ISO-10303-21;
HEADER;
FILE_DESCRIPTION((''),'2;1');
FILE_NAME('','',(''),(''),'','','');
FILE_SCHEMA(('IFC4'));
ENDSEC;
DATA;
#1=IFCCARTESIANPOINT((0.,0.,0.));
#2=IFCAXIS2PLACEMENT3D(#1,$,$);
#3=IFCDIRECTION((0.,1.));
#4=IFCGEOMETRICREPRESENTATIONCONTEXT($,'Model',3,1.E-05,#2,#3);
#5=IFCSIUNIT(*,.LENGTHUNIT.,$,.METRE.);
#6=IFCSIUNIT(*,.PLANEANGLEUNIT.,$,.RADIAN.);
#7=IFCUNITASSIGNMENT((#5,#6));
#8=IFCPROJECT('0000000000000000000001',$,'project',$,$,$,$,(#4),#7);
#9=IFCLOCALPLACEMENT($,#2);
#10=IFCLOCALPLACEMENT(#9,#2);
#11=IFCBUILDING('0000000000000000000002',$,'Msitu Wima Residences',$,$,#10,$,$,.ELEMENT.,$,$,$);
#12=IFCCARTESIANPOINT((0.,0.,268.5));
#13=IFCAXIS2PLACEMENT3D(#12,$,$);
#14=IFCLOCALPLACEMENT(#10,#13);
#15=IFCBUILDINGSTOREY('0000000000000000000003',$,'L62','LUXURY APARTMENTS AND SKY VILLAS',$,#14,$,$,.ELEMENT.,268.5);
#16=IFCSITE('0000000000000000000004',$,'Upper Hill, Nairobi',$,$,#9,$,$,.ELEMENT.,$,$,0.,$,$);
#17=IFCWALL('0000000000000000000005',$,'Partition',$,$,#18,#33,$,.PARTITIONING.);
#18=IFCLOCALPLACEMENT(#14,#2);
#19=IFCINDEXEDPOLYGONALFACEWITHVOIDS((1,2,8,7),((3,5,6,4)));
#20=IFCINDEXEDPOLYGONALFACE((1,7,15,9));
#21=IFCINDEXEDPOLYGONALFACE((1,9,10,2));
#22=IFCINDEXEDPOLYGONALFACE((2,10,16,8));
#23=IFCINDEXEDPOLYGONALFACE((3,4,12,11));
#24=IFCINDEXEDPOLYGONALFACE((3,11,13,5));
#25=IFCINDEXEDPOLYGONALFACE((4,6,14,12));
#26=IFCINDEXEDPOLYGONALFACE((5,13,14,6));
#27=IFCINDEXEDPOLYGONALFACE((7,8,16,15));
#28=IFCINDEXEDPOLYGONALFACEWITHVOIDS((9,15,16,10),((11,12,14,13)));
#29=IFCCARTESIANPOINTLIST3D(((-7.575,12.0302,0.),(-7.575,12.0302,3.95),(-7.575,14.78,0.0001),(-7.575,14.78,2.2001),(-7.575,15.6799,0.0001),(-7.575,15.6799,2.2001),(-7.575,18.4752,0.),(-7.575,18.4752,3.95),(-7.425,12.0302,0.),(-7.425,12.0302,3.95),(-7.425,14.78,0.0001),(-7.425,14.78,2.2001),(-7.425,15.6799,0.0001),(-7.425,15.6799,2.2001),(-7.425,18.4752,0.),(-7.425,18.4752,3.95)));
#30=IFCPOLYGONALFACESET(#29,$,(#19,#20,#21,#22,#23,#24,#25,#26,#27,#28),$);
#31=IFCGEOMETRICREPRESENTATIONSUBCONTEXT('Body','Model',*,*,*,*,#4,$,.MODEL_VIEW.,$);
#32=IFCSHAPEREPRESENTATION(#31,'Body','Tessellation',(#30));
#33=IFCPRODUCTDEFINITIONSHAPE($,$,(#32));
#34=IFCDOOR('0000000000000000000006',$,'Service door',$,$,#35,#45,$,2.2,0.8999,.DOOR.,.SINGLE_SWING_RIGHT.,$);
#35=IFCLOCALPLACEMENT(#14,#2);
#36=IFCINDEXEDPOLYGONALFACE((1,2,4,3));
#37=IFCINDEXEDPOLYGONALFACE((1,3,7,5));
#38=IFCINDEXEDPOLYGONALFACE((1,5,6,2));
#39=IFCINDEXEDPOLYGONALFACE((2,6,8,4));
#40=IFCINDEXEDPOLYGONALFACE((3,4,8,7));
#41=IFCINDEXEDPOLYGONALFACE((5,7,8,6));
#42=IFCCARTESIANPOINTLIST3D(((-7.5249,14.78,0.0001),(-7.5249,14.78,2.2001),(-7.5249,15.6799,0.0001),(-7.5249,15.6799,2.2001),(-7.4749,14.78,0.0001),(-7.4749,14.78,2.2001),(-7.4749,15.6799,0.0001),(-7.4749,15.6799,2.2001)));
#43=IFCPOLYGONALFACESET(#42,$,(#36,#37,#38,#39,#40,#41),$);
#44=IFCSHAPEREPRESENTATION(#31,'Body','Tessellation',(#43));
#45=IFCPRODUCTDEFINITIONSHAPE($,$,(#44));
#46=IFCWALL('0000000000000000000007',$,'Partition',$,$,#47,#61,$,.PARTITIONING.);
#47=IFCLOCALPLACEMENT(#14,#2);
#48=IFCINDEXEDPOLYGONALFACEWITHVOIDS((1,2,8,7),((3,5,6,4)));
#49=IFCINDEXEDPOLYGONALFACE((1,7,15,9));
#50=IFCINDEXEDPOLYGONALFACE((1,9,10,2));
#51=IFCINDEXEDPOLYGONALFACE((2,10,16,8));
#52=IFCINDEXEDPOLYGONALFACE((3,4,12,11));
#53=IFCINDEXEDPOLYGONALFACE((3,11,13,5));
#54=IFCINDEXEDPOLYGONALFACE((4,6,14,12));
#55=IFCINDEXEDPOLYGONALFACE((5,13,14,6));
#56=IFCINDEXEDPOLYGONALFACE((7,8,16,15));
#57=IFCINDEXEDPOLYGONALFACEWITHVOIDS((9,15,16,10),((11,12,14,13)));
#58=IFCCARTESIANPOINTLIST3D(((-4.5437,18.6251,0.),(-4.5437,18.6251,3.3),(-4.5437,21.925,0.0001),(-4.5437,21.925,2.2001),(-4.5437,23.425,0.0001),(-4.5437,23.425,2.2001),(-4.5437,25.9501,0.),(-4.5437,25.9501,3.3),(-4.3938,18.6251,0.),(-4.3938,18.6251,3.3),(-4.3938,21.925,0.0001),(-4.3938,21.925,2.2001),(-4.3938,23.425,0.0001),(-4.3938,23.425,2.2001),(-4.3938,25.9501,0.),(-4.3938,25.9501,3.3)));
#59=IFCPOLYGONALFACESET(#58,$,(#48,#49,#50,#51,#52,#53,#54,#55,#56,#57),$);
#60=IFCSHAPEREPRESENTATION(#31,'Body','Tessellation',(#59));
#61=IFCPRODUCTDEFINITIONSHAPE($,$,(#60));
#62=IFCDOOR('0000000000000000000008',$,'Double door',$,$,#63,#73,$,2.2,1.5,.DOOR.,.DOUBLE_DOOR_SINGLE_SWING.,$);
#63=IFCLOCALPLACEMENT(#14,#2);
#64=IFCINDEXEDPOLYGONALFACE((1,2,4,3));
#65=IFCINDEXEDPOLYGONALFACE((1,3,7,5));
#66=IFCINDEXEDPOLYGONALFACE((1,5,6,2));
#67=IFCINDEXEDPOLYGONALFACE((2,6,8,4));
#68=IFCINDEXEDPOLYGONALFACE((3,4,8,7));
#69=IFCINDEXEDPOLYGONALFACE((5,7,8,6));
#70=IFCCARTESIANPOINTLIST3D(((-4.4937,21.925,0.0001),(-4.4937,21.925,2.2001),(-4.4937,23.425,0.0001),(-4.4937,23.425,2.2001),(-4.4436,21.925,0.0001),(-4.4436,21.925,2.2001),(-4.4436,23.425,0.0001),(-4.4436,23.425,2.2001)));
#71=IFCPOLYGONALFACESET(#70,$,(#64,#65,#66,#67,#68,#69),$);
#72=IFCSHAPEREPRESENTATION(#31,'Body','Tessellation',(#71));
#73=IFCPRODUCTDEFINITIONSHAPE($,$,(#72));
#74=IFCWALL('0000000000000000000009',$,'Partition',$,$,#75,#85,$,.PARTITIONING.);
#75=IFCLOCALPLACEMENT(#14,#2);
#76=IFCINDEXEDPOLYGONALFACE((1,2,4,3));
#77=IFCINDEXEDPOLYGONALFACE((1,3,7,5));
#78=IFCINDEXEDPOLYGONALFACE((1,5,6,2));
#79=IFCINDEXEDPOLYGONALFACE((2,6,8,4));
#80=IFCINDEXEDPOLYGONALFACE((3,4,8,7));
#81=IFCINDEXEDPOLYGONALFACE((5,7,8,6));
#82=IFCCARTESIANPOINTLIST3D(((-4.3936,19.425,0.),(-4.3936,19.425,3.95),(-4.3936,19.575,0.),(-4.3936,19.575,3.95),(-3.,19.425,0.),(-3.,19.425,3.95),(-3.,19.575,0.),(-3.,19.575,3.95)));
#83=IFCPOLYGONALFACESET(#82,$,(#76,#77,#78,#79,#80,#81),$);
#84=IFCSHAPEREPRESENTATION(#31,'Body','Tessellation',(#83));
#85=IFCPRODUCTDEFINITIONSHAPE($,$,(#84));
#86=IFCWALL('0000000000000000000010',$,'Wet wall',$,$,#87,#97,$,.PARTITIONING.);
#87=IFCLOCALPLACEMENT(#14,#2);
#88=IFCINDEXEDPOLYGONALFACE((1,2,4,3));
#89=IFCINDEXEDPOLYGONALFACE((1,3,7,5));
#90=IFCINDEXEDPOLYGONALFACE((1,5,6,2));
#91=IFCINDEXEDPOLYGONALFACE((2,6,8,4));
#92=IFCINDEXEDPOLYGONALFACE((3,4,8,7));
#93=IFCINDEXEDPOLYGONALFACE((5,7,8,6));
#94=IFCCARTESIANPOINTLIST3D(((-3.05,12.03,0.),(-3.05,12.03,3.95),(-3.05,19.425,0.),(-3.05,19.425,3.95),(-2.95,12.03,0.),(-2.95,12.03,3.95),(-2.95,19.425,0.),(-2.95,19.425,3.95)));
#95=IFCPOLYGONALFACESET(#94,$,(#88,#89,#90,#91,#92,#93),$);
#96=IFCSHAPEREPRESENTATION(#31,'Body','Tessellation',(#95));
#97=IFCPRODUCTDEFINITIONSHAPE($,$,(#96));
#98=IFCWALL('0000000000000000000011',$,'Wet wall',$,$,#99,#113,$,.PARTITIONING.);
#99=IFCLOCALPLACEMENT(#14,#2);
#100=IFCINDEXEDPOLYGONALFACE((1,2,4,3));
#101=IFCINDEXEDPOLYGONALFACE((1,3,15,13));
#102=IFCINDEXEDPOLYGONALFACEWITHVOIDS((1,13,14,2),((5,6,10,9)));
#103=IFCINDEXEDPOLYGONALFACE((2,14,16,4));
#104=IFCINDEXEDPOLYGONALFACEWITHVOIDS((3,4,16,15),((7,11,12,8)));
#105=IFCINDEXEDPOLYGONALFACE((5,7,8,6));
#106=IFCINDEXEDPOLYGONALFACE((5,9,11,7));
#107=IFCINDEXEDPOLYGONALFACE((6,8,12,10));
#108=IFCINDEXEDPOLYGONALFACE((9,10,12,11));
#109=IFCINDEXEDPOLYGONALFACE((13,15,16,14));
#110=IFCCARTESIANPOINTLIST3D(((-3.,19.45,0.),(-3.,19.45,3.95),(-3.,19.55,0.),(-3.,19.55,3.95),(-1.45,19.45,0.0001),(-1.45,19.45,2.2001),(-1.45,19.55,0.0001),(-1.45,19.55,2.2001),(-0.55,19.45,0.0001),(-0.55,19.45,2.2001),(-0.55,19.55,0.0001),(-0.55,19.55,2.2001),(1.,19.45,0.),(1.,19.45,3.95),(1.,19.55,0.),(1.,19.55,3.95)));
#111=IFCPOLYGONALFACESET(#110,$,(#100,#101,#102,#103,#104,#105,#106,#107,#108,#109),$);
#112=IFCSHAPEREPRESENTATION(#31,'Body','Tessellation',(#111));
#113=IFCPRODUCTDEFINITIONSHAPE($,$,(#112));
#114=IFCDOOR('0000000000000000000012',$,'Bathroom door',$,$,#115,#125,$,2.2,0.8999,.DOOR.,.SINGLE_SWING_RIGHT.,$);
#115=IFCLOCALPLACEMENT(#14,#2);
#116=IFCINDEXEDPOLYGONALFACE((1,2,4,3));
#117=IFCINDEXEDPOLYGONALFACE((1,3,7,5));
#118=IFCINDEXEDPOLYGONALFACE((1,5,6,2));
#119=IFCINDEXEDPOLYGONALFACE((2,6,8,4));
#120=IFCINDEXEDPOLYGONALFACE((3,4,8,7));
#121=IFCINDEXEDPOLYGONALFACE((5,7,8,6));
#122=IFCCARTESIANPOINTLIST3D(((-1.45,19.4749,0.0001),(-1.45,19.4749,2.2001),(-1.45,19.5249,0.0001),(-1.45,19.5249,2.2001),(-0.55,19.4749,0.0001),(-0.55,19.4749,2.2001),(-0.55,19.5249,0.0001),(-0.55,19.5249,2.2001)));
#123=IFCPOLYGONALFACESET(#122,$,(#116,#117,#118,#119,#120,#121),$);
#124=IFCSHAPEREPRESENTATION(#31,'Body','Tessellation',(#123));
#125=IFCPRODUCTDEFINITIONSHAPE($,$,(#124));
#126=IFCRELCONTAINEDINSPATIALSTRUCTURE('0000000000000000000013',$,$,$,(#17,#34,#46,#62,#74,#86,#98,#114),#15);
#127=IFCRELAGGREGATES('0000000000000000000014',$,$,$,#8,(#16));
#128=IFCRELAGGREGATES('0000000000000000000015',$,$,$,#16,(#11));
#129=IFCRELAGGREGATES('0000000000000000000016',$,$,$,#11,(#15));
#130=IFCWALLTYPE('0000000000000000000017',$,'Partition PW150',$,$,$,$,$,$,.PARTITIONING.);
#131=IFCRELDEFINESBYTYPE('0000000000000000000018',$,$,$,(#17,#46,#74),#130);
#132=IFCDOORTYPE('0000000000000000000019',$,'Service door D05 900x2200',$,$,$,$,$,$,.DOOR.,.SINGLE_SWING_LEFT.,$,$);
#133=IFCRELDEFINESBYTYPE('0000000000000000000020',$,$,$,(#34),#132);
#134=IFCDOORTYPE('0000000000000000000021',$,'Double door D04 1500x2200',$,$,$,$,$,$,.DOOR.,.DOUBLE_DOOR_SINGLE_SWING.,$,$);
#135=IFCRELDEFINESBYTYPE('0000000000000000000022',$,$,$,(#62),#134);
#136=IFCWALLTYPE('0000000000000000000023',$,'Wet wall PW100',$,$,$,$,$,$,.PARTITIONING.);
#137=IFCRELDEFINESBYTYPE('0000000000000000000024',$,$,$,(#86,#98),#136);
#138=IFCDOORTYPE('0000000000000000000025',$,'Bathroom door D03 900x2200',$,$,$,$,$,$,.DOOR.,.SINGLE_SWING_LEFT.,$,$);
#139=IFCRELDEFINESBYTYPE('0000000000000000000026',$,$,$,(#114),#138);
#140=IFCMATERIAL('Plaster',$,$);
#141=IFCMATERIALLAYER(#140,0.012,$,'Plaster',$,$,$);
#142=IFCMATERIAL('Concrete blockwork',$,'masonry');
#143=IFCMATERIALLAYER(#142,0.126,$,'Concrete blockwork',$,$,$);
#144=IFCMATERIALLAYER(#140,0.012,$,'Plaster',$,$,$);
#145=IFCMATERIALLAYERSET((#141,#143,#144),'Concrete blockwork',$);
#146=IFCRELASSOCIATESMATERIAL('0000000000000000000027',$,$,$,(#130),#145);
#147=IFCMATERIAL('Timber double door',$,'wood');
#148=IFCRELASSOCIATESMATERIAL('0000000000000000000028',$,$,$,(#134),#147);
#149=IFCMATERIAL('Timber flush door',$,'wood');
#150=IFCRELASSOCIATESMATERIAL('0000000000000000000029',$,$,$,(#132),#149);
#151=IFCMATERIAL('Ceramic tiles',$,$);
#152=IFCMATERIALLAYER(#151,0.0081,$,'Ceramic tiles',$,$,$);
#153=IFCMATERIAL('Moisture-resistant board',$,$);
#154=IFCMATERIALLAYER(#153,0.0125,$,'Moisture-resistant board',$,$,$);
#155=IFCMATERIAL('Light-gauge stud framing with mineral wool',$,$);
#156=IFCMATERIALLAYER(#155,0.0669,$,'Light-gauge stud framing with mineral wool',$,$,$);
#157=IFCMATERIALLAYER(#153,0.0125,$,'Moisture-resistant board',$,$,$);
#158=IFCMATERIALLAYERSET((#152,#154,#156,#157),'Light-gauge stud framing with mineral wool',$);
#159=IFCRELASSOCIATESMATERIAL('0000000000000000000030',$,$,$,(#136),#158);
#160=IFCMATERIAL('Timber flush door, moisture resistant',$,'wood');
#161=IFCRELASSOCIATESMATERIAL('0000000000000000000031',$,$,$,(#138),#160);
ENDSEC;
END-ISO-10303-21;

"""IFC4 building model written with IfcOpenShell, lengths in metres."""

from ifc_helpers import new_model, si_unit, direction, frame, frame_2d, origin, place, context, subcontext, project, spatial, rectangle, extrude, material, layer, layer_set, type_object, element, fill, save


model = new_model("IFC4")

# Units and contexts
model_context = context("Model", 3, precision=1e-05, world=origin(), true_north=direction((0.0, 1.0)))
body_context = subcontext(model_context, "Body", "Model", "MODEL_VIEW")
ifc_project = project(units=[si_unit("LENGTHUNIT", "METRE"), si_unit("PLANEANGLEUNIT", "RADIAN")], contexts=[model_context])

# Site, building, storey
site_placement = place(None, origin())
site = spatial("IfcSite", under=ifc_project, at=site_placement, Name="Upper Hill, Nairobi", CompositionType="ELEMENT", RefElevation=0.0)
building_placement = place(site_placement, origin())
building = spatial("IfcBuilding", under=site, at=building_placement, Name="Msitu Wima Residences", CompositionType="ELEMENT")
storey_placement = place(building_placement, frame((0.0, 0.0, 268.5)))
storey = spatial("IfcBuildingStorey", under=building, at=storey_placement, Name="L62", Description="LUXURY APARTMENTS AND SKY VILLAS", CompositionType="ELEMENT", Elevation=268.5)

# Shared definitions
ifc_material_1 = material(Name="Plaster")
ifc_material_2 = material(Name="Concrete blockwork", Category="masonry")

# Walls, openings, doors
ifc_layer_1 = layer(ifc_material_1, 0.012, Name="Plaster")
ifc_layer_2 = layer(ifc_material_2, 0.126, Name="Concrete blockwork")
ifc_layer_3 = layer(ifc_material_1, 0.012, Name="Plaster")
ifc_layer_set_1 = layer_set([ifc_layer_1, ifc_layer_2, ifc_layer_3], Name="Concrete blockwork")
wall_type_1 = type_object("IfcWallType", Name="Partition PW150", PredefinedType="PARTITIONING", material=ifc_layer_set_1)
ifc_material_3 = material(Name="Timber flush door", Category="wood")
ifc_material_4 = material(Name="Timber double door", Category="wood")
door_type_1 = type_object("IfcDoorType", Name="Double door D04 1500x2200", OperationType="DOUBLE_DOOR_SINGLE_SWING", PredefinedType="DOOR", material=ifc_material_4)
wall_1_placement = place(storey_placement, frame((-7.5, 12.03, 0.0), z_axis=(0.0, 0.0, 1.0), x_axis=(0.0, 1.0, 0.0)))
wall_1 = element("IfcWall", 1, at=wall_1_placement, inside=storey, type_object=wall_type_1, Name="Partition", PredefinedType="PARTITIONING", context=body_context, shape_type="SweptSolid", body=[
    extrude(rectangle(XDim=6.4451, YDim=0.1499, at=frame_2d((3.2227, 0.0))), origin(), (0.0, 0.0, 1.0), 3.95),
])
opening_1_placement = place(wall_1_placement, frame((2.75, 0.0, 0.0)))
opening_1 = element("IfcOpeningElement", 2, at=opening_1_placement, cuts=wall_1, PredefinedType="OPENING", context=body_context, shape_type="SweptSolid", body=[
    extrude(rectangle(XDim=0.8999, YDim=2.2, at=frame_2d((0.45, 1.1001))), frame((0.0, 0.085, 0.0), z_axis=(0.0, -1.0, 0.0), x_axis=(1.0, 0.0, 0.0)), (0.0, 0.0, 1.0), 0.1699),
])
door_type_2 = type_object("IfcDoorType", Name="Service door D05 900x2200", OperationType="SINGLE_SWING_LEFT", PredefinedType="DOOR", material=ifc_material_3)
door_1_placement = place(opening_1_placement, origin())
door_1 = element("IfcDoor", 3, at=door_1_placement, inside=storey, type_object=door_type_2, Name="Service door", OperationType="SINGLE_SWING_RIGHT", OverallHeight=2.2, OverallWidth=0.8999, PredefinedType="DOOR", context=body_context, shape_type="SweptSolid", body=[
    extrude(rectangle(XDim=0.8999, YDim=2.2, at=frame_2d((0.45, 1.1001))), frame((0.0, 0.0249, 0.0), z_axis=(0.0, -1.0, 0.0), x_axis=(1.0, 0.0, 0.0)), (0.0, 0.0, 1.0), 0.05),
])
fill(opening_1, door_1)
wall_2_placement = place(storey_placement, frame((-4.4688, 18.625, 0.0), z_axis=(0.0, 0.0, 1.0), x_axis=(0.0, 1.0, 0.0)))
wall_2 = element("IfcWall", 4, at=wall_2_placement, inside=storey, type_object=wall_type_1, Name="Partition", PredefinedType="PARTITIONING", context=body_context, shape_type="SweptSolid", body=[
    extrude(rectangle(XDim=7.325, YDim=0.1499, at=frame_2d((3.6626, 0.0))), origin(), (0.0, 0.0, 1.0), 3.3),
])
opening_2_placement = place(wall_2_placement, frame((3.3, 0.0, 0.0)))
opening_2 = element("IfcOpeningElement", 5, at=opening_2_placement, cuts=wall_2, PredefinedType="OPENING", context=body_context, shape_type="SweptSolid", body=[
    extrude(rectangle(XDim=1.5, YDim=2.2, at=frame_2d((0.75, 1.1001))), frame((0.0, 0.085, 0.0), z_axis=(0.0, -1.0, 0.0), x_axis=(1.0, 0.0, 0.0)), (0.0, 0.0, 1.0), 0.1699),
])
door_2_placement = place(opening_2_placement, origin())
door_2 = element("IfcDoor", 6, at=door_2_placement, inside=storey, type_object=door_type_1, Name="Double door", OperationType="DOUBLE_DOOR_SINGLE_SWING", OverallHeight=2.2, OverallWidth=1.5, PredefinedType="DOOR", context=body_context, shape_type="SweptSolid", body=[
    extrude(rectangle(XDim=1.5, YDim=2.2, at=frame_2d((0.75, 1.1001))), frame((0.0, 0.0249, 0.0), z_axis=(0.0, -1.0, 0.0), x_axis=(1.0, 0.0, 0.0)), (0.0, 0.0, 1.0), 0.05),
])
fill(opening_2, door_2)

# Walls
wall_3_placement = place(storey_placement, frame((-4.3936, 19.5, 0.0), z_axis=(0.0, 0.0, 1.0), x_axis=(1.0, 0.0, 0.0)))
element("IfcWall", 7, at=wall_3_placement, inside=storey, type_object=wall_type_1, Name="Partition", PredefinedType="PARTITIONING", context=body_context, shape_type="SweptSolid", body=[
    extrude(rectangle(XDim=1.3936, YDim=0.1499, at=frame_2d((0.6968, 0.0))), origin(), (0.0, 0.0, 1.0), 3.95),
])
ifc_material_5 = material(Name="Ceramic tiles")
ifc_layer_4 = layer(ifc_material_5, 0.0081, Name="Ceramic tiles")
ifc_material_6 = material(Name="Moisture-resistant board")
ifc_layer_5 = layer(ifc_material_6, 0.0125, Name="Moisture-resistant board")
ifc_material_7 = material(Name="Light-gauge stud framing with mineral wool")
ifc_layer_6 = layer(ifc_material_7, 0.0669, Name="Light-gauge stud framing with mineral wool")
ifc_layer_7 = layer(ifc_material_6, 0.0125, Name="Moisture-resistant board")
ifc_layer_set_2 = layer_set([ifc_layer_4, ifc_layer_5, ifc_layer_6, ifc_layer_7], Name="Light-gauge stud framing with mineral wool")
wall_type_2 = type_object("IfcWallType", Name="Wet wall PW100", PredefinedType="PARTITIONING", material=ifc_layer_set_2)
wall_4_placement = place(storey_placement, frame((-3.0, 12.03, 0.0), z_axis=(0.0, 0.0, 1.0), x_axis=(0.0, 1.0, 0.0)))
element("IfcWall", 8, at=wall_4_placement, inside=storey, type_object=wall_type_2, Name="Wet wall", PredefinedType="PARTITIONING", context=body_context, shape_type="SweptSolid", body=[
    extrude(rectangle(XDim=7.395, YDim=0.1001, at=frame_2d((3.6975, 0.0))), origin(), (0.0, 0.0, 1.0), 3.95),
])

# Wall, opening, door
wall_5_placement = place(storey_placement, frame((-3.0, 19.5, 0.0), z_axis=(0.0, 0.0, 1.0), x_axis=(1.0, 0.0, 0.0)))
wall_5 = element("IfcWall", 9, at=wall_5_placement, inside=storey, type_object=wall_type_2, Name="Wet wall", PredefinedType="PARTITIONING", context=body_context, shape_type="SweptSolid", body=[
    extrude(rectangle(XDim=4.0, YDim=0.1001, at=frame_2d((2.0, 0.0))), origin(), (0.0, 0.0, 1.0), 3.95),
])
opening_3_placement = place(wall_5_placement, frame((1.55, 0.0, 0.0)))
opening_3 = element("IfcOpeningElement", 10, at=opening_3_placement, cuts=wall_5, PredefinedType="OPENING", context=body_context, shape_type="SweptSolid", body=[
    extrude(rectangle(XDim=0.8999, YDim=2.2, at=frame_2d((0.45, 1.1001))), frame((0.0, 0.0601, 0.0), z_axis=(0.0, -1.0, 0.0), x_axis=(1.0, 0.0, 0.0)), (0.0, 0.0, 1.0), 0.1201),
])
ifc_material_8 = material(Name="Timber flush door, moisture resistant", Category="wood")
door_type_3 = type_object("IfcDoorType", Name="Bathroom door D03 900x2200", OperationType="SINGLE_SWING_LEFT", PredefinedType="DOOR", material=ifc_material_8)
door_3_placement = place(opening_3_placement, origin())
door_3 = element("IfcDoor", 11, at=door_3_placement, inside=storey, type_object=door_type_3, Name="Bathroom door", OperationType="SINGLE_SWING_RIGHT", OverallHeight=2.2, OverallWidth=0.8999, PredefinedType="DOOR", context=body_context, shape_type="SweptSolid", body=[
    extrude(rectangle(XDim=0.8999, YDim=2.2, at=frame_2d((0.45, 1.1001))), frame((0.0, 0.0249, 0.0), z_axis=(0.0, -1.0, 0.0), x_axis=(1.0, 0.0, 0.0)), (0.0, 0.0, 1.0), 0.05),
])
fill(opening_3, door_3)

save(model, "model.ifc")
